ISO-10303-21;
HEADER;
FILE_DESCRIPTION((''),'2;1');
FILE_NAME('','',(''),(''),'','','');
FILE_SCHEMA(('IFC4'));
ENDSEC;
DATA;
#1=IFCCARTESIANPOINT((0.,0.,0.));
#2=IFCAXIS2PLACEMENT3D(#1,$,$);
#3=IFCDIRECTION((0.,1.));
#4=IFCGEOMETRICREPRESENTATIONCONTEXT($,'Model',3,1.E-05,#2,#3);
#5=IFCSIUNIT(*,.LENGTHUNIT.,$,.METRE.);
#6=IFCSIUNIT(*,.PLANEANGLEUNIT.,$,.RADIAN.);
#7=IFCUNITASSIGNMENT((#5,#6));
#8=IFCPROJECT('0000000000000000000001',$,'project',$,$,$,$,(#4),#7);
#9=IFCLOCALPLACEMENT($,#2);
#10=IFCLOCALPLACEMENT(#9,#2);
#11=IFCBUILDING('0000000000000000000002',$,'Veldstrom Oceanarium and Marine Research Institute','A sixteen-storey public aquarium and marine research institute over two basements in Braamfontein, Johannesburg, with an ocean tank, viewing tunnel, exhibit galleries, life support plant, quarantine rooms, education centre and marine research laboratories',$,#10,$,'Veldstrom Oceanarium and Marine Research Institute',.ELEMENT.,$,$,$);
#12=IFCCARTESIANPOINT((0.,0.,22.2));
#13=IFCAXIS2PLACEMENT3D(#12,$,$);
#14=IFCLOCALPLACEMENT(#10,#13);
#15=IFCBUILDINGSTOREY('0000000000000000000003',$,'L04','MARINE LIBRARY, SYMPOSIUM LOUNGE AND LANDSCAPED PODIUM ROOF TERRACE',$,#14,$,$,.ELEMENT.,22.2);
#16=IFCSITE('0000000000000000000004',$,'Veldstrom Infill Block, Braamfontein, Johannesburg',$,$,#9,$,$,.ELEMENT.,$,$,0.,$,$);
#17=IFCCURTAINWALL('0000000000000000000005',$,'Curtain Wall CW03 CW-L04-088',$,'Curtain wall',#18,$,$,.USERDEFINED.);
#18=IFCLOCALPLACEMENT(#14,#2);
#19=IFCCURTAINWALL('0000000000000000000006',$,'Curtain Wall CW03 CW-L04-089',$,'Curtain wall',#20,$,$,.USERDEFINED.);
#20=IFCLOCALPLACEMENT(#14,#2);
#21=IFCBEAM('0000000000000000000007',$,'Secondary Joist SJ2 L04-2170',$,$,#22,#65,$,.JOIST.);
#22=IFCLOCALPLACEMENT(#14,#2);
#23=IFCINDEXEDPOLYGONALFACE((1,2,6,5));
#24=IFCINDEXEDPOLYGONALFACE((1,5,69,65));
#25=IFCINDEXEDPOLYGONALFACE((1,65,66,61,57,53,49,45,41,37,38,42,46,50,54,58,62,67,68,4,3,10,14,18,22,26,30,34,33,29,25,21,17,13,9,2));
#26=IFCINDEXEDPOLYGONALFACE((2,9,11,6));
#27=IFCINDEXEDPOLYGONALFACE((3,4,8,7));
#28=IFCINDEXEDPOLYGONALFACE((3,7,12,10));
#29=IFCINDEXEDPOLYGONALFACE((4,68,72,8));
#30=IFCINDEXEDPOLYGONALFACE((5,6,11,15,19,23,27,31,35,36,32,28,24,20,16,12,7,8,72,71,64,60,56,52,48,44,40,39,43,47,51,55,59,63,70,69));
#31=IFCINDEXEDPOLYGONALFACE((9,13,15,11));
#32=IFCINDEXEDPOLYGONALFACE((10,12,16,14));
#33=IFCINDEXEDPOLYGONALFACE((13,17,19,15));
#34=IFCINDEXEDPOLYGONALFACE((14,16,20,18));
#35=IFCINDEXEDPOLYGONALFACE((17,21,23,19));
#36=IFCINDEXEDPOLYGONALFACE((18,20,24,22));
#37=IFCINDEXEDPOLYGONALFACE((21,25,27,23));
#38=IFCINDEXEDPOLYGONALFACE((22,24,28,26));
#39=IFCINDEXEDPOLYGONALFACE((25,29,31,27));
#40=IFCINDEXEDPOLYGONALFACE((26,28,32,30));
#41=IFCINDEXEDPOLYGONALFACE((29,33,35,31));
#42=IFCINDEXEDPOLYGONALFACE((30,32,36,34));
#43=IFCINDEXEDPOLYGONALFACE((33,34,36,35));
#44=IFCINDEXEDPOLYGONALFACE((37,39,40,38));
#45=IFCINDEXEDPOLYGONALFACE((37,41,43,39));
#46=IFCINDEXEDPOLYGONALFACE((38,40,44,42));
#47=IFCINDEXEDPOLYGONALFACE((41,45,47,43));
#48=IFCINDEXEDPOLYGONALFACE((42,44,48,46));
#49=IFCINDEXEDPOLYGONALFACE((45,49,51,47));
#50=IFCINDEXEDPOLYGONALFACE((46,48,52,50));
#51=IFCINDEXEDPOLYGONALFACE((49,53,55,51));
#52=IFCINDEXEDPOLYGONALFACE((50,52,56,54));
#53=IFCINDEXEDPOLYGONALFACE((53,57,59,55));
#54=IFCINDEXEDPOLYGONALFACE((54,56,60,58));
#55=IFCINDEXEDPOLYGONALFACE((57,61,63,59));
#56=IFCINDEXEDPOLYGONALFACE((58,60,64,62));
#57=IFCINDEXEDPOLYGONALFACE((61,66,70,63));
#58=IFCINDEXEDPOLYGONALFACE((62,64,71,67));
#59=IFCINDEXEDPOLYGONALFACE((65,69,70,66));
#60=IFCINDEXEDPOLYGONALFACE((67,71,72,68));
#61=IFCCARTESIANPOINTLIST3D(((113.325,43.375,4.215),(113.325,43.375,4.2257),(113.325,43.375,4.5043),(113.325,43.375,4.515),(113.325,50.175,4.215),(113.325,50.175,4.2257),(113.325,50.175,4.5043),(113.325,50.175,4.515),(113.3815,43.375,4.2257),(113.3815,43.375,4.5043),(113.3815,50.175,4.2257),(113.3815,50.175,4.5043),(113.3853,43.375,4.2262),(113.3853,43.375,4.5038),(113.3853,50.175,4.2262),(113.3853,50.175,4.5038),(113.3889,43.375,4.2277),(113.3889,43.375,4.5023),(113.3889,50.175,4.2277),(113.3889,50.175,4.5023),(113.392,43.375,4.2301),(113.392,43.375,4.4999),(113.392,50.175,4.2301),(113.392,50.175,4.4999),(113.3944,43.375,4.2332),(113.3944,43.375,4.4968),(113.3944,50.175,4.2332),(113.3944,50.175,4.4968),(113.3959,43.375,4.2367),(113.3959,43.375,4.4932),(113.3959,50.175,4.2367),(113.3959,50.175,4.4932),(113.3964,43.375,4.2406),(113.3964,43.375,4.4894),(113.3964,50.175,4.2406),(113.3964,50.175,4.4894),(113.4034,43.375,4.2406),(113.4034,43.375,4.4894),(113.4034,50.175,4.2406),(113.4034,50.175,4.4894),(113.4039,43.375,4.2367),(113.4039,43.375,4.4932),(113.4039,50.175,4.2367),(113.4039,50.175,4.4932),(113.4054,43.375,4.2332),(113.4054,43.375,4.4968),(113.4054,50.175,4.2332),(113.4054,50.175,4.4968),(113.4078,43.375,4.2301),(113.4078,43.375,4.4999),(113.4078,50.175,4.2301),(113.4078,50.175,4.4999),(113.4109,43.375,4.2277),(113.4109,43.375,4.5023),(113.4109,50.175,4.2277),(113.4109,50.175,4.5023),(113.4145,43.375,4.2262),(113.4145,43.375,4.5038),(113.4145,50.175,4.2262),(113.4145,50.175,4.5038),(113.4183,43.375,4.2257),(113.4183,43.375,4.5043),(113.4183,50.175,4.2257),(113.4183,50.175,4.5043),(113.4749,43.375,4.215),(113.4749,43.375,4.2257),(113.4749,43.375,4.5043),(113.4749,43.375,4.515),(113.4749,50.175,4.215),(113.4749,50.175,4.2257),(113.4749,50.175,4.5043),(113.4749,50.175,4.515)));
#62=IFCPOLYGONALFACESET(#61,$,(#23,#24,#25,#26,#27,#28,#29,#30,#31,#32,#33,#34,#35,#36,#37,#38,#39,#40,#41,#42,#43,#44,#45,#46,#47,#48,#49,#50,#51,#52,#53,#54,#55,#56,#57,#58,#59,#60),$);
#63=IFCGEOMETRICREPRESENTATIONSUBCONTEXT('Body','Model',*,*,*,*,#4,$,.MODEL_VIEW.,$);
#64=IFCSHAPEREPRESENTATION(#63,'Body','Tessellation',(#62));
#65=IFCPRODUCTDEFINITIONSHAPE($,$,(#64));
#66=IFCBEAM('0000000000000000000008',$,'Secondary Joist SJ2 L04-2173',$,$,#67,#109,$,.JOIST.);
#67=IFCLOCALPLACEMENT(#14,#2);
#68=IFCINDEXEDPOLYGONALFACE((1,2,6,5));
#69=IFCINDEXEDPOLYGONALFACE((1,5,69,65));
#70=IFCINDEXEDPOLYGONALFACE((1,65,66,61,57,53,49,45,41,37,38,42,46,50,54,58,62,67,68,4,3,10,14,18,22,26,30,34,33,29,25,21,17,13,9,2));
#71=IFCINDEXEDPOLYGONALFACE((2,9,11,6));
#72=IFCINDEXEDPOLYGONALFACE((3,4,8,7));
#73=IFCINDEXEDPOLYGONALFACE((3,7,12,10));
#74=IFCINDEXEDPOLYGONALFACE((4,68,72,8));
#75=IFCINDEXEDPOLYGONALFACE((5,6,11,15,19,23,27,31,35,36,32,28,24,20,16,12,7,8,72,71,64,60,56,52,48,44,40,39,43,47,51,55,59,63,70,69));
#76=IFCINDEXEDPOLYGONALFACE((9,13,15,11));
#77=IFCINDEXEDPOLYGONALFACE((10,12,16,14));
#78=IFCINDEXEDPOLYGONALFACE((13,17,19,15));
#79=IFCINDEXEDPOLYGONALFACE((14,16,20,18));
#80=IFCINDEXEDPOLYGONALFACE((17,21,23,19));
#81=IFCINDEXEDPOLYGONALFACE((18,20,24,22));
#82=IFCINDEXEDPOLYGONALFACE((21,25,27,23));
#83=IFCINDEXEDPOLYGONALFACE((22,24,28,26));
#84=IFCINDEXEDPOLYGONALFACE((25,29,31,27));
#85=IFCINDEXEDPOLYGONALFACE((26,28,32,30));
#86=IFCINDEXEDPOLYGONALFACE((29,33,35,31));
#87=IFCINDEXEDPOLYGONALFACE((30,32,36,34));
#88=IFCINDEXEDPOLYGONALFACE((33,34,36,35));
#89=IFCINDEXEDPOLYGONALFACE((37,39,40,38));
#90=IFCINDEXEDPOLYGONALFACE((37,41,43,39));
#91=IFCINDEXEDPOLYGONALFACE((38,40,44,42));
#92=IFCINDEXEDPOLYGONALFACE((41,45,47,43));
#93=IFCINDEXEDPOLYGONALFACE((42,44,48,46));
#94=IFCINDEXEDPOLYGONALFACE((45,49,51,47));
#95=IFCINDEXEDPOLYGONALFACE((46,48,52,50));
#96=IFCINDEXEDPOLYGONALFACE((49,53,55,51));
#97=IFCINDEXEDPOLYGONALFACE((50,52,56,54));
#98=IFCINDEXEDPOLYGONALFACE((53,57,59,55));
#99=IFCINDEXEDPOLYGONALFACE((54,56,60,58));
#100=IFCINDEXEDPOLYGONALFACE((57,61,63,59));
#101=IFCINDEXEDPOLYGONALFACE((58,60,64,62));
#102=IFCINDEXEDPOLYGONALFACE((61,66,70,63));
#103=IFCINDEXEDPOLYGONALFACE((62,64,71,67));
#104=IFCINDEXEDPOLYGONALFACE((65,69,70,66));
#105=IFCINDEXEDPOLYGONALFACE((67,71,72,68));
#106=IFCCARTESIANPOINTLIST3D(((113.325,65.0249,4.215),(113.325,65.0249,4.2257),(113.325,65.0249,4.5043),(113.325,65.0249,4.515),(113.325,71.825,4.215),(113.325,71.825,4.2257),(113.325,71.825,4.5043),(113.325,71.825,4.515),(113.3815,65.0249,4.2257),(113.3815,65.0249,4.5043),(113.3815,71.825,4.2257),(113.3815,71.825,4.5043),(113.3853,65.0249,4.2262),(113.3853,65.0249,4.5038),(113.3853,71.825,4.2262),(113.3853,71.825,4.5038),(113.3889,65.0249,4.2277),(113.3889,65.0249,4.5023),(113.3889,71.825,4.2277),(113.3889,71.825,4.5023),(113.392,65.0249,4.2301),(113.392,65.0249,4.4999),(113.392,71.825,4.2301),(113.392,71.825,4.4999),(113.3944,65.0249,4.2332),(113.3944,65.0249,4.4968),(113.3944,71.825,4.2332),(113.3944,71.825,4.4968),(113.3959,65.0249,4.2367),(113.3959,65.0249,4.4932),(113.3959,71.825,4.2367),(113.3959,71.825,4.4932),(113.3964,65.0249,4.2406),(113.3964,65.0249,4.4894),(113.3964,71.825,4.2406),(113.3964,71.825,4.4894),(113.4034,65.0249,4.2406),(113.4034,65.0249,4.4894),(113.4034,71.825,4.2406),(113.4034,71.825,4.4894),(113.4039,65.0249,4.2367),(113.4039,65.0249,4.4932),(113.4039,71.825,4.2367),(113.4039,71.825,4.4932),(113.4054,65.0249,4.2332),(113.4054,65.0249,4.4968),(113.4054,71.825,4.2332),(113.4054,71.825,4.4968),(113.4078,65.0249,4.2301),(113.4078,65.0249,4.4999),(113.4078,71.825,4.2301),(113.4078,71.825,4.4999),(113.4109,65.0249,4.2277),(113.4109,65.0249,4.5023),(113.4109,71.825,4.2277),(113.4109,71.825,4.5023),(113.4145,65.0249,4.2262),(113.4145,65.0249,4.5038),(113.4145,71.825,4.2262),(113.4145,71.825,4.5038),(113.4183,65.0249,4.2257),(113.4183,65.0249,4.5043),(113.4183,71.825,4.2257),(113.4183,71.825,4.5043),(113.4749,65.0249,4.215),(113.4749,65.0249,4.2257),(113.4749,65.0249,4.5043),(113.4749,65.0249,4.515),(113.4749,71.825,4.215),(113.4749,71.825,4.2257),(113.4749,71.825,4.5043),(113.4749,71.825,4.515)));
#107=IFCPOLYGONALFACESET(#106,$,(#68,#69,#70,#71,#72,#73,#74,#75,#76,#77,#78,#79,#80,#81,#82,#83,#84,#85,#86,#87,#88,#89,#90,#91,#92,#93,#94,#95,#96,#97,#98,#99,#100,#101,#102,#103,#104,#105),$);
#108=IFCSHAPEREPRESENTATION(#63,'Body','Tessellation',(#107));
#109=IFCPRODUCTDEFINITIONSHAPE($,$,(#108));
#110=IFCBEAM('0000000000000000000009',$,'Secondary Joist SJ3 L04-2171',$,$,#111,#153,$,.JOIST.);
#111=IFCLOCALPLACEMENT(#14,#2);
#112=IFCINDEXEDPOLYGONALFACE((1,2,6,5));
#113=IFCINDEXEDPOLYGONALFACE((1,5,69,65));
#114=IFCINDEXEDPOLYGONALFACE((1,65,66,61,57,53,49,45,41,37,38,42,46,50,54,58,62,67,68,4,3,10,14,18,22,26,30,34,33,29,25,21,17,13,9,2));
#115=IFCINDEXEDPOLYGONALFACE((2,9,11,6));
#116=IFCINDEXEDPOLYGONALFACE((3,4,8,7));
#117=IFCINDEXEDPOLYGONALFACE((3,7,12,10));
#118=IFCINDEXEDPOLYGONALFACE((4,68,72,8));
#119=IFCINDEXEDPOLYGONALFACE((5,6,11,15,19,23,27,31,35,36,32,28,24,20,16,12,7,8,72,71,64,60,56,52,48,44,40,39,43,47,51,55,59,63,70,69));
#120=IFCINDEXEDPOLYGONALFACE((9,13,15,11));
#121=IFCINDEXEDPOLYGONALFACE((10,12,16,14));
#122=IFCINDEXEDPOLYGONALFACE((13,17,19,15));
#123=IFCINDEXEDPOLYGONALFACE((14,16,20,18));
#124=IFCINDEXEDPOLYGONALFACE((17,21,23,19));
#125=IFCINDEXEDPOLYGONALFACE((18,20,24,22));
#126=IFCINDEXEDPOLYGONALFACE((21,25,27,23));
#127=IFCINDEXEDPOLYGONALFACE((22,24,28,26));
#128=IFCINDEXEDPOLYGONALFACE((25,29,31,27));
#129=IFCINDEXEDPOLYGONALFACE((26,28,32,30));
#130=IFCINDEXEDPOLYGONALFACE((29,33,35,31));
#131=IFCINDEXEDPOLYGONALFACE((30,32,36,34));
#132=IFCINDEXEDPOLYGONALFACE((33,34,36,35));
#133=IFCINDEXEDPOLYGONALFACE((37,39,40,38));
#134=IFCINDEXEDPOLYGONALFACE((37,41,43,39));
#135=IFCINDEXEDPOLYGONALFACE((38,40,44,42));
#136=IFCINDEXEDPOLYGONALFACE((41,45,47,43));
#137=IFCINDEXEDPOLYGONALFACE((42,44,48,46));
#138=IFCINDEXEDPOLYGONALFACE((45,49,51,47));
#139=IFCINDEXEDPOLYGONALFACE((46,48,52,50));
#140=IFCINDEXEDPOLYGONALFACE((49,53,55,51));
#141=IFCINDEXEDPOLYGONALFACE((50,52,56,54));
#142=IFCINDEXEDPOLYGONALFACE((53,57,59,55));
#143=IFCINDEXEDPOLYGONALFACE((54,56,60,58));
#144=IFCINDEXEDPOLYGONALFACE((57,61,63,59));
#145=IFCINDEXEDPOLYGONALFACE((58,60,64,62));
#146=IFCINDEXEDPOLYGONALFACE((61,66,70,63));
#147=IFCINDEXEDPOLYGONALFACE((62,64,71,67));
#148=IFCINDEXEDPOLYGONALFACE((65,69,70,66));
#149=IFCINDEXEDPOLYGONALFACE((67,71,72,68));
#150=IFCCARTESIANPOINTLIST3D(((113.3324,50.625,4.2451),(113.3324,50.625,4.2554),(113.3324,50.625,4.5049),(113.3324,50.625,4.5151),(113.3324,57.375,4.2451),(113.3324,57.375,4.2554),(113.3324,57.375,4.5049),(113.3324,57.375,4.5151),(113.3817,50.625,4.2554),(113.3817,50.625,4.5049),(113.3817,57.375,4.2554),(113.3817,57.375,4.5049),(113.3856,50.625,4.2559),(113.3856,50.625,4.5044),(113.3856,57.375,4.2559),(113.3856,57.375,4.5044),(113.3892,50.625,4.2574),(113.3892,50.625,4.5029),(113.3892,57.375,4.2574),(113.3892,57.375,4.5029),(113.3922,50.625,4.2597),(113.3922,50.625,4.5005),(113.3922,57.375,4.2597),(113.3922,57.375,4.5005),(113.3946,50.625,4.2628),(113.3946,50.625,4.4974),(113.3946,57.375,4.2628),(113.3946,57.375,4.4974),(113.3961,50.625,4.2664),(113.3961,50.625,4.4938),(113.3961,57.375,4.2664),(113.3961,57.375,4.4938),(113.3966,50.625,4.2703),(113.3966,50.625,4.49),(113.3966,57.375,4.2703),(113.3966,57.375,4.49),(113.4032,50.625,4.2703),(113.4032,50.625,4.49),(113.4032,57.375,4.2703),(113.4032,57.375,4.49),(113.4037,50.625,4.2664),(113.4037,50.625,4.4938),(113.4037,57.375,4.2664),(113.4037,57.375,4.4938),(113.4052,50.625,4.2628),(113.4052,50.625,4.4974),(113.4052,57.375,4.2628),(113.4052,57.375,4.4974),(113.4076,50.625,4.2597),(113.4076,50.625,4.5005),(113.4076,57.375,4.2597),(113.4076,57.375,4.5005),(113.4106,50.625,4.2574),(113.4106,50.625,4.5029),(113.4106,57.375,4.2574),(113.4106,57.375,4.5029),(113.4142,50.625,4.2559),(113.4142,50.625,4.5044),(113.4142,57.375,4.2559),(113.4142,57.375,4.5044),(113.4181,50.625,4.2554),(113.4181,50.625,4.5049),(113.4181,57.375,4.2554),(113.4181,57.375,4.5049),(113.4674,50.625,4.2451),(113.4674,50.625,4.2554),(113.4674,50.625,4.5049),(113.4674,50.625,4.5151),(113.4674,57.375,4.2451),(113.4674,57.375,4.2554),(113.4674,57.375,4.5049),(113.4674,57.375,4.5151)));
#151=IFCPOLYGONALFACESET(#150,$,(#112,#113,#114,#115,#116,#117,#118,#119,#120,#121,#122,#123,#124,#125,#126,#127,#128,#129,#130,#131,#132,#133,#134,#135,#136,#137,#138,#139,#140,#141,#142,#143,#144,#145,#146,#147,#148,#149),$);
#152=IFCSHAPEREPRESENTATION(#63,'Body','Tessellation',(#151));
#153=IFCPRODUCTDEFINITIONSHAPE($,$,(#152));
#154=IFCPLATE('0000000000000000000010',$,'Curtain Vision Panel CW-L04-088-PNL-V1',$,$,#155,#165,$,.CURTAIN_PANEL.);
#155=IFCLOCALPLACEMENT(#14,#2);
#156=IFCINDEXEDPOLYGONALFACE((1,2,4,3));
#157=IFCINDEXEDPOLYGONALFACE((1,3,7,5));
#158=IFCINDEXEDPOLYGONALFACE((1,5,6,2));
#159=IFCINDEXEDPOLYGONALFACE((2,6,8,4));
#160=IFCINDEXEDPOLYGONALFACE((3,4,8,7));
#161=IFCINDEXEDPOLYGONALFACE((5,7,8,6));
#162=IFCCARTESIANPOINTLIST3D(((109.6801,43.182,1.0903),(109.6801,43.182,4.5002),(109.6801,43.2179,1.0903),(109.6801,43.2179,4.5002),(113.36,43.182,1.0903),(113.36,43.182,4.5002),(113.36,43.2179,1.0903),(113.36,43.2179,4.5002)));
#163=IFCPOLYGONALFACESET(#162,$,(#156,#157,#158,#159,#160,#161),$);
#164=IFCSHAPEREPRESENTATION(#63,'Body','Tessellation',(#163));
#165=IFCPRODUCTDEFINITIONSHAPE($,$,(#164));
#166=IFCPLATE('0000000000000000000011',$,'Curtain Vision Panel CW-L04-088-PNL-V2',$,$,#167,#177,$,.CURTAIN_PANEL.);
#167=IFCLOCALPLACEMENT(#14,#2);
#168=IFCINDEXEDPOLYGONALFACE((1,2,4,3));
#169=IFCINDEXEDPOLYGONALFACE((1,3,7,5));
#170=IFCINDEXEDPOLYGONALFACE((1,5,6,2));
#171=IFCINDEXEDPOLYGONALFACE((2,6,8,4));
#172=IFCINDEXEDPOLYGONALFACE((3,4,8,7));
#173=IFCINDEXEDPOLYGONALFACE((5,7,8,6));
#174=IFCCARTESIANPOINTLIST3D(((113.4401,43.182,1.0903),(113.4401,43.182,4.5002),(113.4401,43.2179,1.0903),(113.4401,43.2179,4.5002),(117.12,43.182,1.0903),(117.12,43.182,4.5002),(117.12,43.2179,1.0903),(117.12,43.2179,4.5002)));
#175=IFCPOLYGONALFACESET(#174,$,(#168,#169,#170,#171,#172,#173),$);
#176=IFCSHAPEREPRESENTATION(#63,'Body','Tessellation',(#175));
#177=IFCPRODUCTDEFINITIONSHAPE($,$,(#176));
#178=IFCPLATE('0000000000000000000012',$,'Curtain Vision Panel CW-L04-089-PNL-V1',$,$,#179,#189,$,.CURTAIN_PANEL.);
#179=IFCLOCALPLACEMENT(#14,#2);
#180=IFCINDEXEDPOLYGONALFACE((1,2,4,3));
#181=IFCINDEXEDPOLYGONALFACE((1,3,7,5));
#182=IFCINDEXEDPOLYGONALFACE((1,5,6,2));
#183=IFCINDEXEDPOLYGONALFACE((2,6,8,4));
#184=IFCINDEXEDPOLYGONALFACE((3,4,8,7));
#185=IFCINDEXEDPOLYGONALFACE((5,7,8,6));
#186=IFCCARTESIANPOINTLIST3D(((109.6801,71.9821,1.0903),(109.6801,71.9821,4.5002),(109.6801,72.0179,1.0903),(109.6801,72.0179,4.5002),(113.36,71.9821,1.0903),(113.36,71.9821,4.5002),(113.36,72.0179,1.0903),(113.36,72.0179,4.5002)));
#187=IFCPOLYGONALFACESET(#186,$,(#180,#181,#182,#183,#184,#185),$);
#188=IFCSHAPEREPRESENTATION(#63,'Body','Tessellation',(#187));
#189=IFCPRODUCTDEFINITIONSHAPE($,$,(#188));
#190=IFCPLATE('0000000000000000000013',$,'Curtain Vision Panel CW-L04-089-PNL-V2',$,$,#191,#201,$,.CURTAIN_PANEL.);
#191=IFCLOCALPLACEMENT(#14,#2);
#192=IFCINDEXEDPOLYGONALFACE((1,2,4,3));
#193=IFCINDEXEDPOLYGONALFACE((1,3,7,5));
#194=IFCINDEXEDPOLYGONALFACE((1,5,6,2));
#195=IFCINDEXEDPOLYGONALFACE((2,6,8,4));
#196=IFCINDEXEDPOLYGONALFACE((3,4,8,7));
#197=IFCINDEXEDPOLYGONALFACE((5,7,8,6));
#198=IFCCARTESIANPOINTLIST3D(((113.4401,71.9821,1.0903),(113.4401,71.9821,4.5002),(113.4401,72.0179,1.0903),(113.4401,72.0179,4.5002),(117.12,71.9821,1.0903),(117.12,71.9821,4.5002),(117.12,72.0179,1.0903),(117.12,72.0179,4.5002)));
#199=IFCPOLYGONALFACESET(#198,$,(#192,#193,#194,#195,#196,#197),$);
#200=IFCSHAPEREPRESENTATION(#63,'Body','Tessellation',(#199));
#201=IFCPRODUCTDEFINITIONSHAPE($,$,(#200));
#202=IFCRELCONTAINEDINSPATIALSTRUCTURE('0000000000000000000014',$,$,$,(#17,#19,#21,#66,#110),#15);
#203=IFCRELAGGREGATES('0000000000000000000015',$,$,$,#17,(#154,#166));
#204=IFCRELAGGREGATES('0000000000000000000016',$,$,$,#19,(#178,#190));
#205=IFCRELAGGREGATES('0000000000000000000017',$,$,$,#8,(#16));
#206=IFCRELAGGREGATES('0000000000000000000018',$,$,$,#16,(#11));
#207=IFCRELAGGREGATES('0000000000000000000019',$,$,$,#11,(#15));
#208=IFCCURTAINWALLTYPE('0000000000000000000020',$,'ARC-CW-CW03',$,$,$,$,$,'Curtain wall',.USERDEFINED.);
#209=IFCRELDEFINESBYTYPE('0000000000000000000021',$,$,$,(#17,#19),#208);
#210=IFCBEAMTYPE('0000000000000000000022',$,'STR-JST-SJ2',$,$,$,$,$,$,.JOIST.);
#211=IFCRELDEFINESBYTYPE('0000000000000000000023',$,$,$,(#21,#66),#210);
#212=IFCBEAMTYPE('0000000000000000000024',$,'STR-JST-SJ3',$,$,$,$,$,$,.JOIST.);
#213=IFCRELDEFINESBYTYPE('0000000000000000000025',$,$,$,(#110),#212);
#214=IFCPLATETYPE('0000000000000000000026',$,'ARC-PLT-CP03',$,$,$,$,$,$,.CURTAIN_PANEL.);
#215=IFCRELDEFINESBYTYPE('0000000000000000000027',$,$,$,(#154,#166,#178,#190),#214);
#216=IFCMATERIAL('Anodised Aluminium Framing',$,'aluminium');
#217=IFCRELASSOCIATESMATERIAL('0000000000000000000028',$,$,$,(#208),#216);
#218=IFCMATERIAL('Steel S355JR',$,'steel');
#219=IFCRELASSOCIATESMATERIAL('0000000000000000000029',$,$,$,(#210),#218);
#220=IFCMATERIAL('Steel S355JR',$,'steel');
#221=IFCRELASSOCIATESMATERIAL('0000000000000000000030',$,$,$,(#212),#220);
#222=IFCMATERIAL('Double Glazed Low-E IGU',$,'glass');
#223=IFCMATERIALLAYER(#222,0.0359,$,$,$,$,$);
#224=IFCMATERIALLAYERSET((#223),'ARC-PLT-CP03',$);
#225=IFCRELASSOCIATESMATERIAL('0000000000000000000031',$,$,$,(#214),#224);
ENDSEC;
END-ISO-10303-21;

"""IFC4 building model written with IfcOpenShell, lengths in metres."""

from ifc_helpers import new_model, si_unit, direction, frame, origin, origin_2d, place, context, subcontext, project, spatial, rectangle, i_section, extrude, material, layer, layer_set, material_profile, profile_set, type_object, element, aggregate, save


model = new_model("IFC4")

# Units and contexts
model_context = context("Model", 3, precision=1e-05, world=origin(), true_north=direction((0.0, 1.0)))
body_context = subcontext(model_context, "Body", "Model", "MODEL_VIEW")
ifc_project = project(units=[si_unit("LENGTHUNIT", "METRE"), si_unit("PLANEANGLEUNIT", "RADIAN")], contexts=[model_context])

# Site, building, storey
site_placement = place(None, origin())
site = spatial("IfcSite", under=ifc_project, at=site_placement, Name="Veldstrom Infill Block, Braamfontein, Johannesburg", CompositionType="ELEMENT", RefElevation=0.0)
building_placement = place(site_placement, origin())
building = spatial("IfcBuilding", under=site, at=building_placement, Name="Veldstrom Oceanarium and Marine Research Institute", Description="A sixteen-storey public aquarium and marine research institute over two basements in Braamfontein, Johannesburg, with an ocean tank, viewing tunnel, exhibit galleries, life support plant, quarantine rooms, education centre and marine research laboratories", LongName="Veldstrom Oceanarium and Marine Research Institute", CompositionType="ELEMENT")
storey_placement = place(building_placement, frame((0.0, 0.0, 22.2)))
storey = spatial("IfcBuildingStorey", under=building, at=storey_placement, Name="L04", Description="MARINE LIBRARY, SYMPOSIUM LOUNGE AND LANDSCAPED PODIUM ROOF TERRACE", CompositionType="ELEMENT", Elevation=22.2)

# Curtain walls
ifc_material_1 = material(Name="Anodised Aluminium Framing", Category="aluminium")
curtain_wall_type = type_object("IfcCurtainWallType", Name="ARC-CW-CW03", ElementType="Curtain wall", PredefinedType="USERDEFINED", material=ifc_material_1)
curtain_wall_1_placement = place(storey_placement, origin())
curtain_wall_1 = element("IfcCurtainWall", 1, at=curtain_wall_1_placement, inside=storey, type_object=curtain_wall_type, Name="Curtain Wall CW03 CW-L04-088", ObjectType="Curtain wall", PredefinedType="USERDEFINED")
curtain_wall_2_placement = place(storey_placement, origin())
curtain_wall_2 = element("IfcCurtainWall", 2, at=curtain_wall_2_placement, inside=storey, type_object=curtain_wall_type, Name="Curtain Wall CW03 CW-L04-089", ObjectType="Curtain wall", PredefinedType="USERDEFINED")

# Beams
ifc_material_2 = material(Name="Steel S355JR", Category="steel")
ifc_material_profile_1 = material_profile(ifc_material_2, i_section(OverallWidth=0.1499, OverallDepth=0.3, WebThickness=0.0071, FlangeThickness=0.0107, FilletRadius=0.0149, at=origin_2d()), Name="IPE 300")
ifc_profile_set_1 = profile_set([ifc_material_profile_1], Name="Steel S355JR")
beam_type_1 = type_object("IfcBeamType", Name="STR-JST-SJ2", PredefinedType="JOIST", material=ifc_profile_set_1)
for number, where, z_axis, x_axis, name in (
    (3, (113.3999, 43.375, 4.365), (0.0, 1.0, 0.0), (-1.0, 0.0, 0.0), "Secondary Joist SJ2 L04-2170"),
    (4, (113.3999, 65.0249, 4.365), (0.0, 1.0, 0.0), (-1.0, 0.0, 0.0), "Secondary Joist SJ2 L04-2173"),
):
    element("IfcBeam", number, at=place(storey_placement, frame(where, z_axis=z_axis, x_axis=x_axis)), inside=storey, type_object=beam_type_1, Name=name, PredefinedType="JOIST", context=body_context, shape_type="SweptSolid", body=[
        extrude(i_section(OverallWidth=0.1499, OverallDepth=0.3, WebThickness=0.0071, FlangeThickness=0.0107, FilletRadius=0.0149, at=origin_2d()), origin(), (0.0, 0.0, 1.0), 6.8),
    ])
ifc_material_3 = material(Name="Steel S355JR", Category="steel")
ifc_material_profile_2 = material_profile(ifc_material_3, i_section(OverallWidth=0.135, OverallDepth=0.27, WebThickness=0.0066, FlangeThickness=0.0103, FilletRadius=0.0149, at=origin_2d()), Name="IPE 270")
ifc_profile_set_2 = profile_set([ifc_material_profile_2], Name="Steel S355JR")
beam_type_2 = type_object("IfcBeamType", Name="STR-JST-SJ3", PredefinedType="JOIST", material=ifc_profile_set_2)
beam_1_placement = place(storey_placement, frame((113.3999, 50.625, 4.3801), z_axis=(0.0, 1.0, 0.0), x_axis=(-1.0, 0.0, 0.0)))
element("IfcBeam", 5, at=beam_1_placement, inside=storey, type_object=beam_type_2, Name="Secondary Joist SJ3 L04-2171", PredefinedType="JOIST", context=body_context, shape_type="SweptSolid", body=[
    extrude(i_section(OverallWidth=0.135, OverallDepth=0.27, WebThickness=0.0066, FlangeThickness=0.0103, FilletRadius=0.0149, at=origin_2d()), origin(), (0.0, 0.0, 1.0), 6.75),
])

# Plates
ifc_material_4 = material(Name="Double Glazed Low-E IGU", Category="glass")
ifc_layer_1 = layer(ifc_material_4, 0.0359)
ifc_layer_set_1 = layer_set([ifc_layer_1], Name="ARC-PLT-CP03")
plate_type_1 = type_object("IfcPlateType", Name="ARC-PLT-CP03", PredefinedType="CURTAIN_PANEL", material=ifc_layer_set_1)
plate_1_placement = place(storey_placement, frame((111.52, 43.2, 1.0903), z_axis=(0.0, 0.0, 1.0), x_axis=(1.0, 0.0, 0.0)))
plate_1 = element("IfcPlate", 6, at=plate_1_placement, type_object=plate_type_1, Name="Curtain Vision Panel CW-L04-088-PNL-V1", PredefinedType="CURTAIN_PANEL", context=body_context, shape_type="SweptSolid", body=[
    extrude(rectangle(XDim=3.6799, YDim=0.0359, at=origin_2d()), origin(), (0.0, 0.0, 1.0), 3.4099),
])
plate_2_placement = place(storey_placement, frame((115.28, 43.2, 1.0903), z_axis=(0.0, 0.0, 1.0), x_axis=(1.0, 0.0, 0.0)))
plate_2 = element("IfcPlate", 7, at=plate_2_placement, type_object=plate_type_1, Name="Curtain Vision Panel CW-L04-088-PNL-V2", PredefinedType="CURTAIN_PANEL", context=body_context, shape_type="SweptSolid", body=[
    extrude(rectangle(XDim=3.6799, YDim=0.0359, at=origin_2d()), origin(), (0.0, 0.0, 1.0), 3.4099),
])
plate_3_placement = place(storey_placement, frame((111.52, 72.0, 1.0903), z_axis=(0.0, 0.0, 1.0), x_axis=(1.0, 0.0, 0.0)))
plate_3 = element("IfcPlate", 8, at=plate_3_placement, type_object=plate_type_1, Name="Curtain Vision Panel CW-L04-089-PNL-V1", PredefinedType="CURTAIN_PANEL", context=body_context, shape_type="SweptSolid", body=[
    extrude(rectangle(XDim=3.6799, YDim=0.0359, at=origin_2d()), origin(), (0.0, 0.0, 1.0), 3.4099),
])
plate_4_placement = place(storey_placement, frame((115.28, 72.0, 1.0903), z_axis=(0.0, 0.0, 1.0), x_axis=(1.0, 0.0, 0.0)))
plate_4 = element("IfcPlate", 9, at=plate_4_placement, type_object=plate_type_1, Name="Curtain Vision Panel CW-L04-089-PNL-V2", PredefinedType="CURTAIN_PANEL", context=body_context, shape_type="SweptSolid", body=[
    extrude(rectangle(XDim=3.6799, YDim=0.0359, at=origin_2d()), origin(), (0.0, 0.0, 1.0), 3.4099),
])
aggregate(curtain_wall_1, [plate_1, plate_2])
aggregate(curtain_wall_2, [plate_3, plate_4])

save(model, "model.ifc")
